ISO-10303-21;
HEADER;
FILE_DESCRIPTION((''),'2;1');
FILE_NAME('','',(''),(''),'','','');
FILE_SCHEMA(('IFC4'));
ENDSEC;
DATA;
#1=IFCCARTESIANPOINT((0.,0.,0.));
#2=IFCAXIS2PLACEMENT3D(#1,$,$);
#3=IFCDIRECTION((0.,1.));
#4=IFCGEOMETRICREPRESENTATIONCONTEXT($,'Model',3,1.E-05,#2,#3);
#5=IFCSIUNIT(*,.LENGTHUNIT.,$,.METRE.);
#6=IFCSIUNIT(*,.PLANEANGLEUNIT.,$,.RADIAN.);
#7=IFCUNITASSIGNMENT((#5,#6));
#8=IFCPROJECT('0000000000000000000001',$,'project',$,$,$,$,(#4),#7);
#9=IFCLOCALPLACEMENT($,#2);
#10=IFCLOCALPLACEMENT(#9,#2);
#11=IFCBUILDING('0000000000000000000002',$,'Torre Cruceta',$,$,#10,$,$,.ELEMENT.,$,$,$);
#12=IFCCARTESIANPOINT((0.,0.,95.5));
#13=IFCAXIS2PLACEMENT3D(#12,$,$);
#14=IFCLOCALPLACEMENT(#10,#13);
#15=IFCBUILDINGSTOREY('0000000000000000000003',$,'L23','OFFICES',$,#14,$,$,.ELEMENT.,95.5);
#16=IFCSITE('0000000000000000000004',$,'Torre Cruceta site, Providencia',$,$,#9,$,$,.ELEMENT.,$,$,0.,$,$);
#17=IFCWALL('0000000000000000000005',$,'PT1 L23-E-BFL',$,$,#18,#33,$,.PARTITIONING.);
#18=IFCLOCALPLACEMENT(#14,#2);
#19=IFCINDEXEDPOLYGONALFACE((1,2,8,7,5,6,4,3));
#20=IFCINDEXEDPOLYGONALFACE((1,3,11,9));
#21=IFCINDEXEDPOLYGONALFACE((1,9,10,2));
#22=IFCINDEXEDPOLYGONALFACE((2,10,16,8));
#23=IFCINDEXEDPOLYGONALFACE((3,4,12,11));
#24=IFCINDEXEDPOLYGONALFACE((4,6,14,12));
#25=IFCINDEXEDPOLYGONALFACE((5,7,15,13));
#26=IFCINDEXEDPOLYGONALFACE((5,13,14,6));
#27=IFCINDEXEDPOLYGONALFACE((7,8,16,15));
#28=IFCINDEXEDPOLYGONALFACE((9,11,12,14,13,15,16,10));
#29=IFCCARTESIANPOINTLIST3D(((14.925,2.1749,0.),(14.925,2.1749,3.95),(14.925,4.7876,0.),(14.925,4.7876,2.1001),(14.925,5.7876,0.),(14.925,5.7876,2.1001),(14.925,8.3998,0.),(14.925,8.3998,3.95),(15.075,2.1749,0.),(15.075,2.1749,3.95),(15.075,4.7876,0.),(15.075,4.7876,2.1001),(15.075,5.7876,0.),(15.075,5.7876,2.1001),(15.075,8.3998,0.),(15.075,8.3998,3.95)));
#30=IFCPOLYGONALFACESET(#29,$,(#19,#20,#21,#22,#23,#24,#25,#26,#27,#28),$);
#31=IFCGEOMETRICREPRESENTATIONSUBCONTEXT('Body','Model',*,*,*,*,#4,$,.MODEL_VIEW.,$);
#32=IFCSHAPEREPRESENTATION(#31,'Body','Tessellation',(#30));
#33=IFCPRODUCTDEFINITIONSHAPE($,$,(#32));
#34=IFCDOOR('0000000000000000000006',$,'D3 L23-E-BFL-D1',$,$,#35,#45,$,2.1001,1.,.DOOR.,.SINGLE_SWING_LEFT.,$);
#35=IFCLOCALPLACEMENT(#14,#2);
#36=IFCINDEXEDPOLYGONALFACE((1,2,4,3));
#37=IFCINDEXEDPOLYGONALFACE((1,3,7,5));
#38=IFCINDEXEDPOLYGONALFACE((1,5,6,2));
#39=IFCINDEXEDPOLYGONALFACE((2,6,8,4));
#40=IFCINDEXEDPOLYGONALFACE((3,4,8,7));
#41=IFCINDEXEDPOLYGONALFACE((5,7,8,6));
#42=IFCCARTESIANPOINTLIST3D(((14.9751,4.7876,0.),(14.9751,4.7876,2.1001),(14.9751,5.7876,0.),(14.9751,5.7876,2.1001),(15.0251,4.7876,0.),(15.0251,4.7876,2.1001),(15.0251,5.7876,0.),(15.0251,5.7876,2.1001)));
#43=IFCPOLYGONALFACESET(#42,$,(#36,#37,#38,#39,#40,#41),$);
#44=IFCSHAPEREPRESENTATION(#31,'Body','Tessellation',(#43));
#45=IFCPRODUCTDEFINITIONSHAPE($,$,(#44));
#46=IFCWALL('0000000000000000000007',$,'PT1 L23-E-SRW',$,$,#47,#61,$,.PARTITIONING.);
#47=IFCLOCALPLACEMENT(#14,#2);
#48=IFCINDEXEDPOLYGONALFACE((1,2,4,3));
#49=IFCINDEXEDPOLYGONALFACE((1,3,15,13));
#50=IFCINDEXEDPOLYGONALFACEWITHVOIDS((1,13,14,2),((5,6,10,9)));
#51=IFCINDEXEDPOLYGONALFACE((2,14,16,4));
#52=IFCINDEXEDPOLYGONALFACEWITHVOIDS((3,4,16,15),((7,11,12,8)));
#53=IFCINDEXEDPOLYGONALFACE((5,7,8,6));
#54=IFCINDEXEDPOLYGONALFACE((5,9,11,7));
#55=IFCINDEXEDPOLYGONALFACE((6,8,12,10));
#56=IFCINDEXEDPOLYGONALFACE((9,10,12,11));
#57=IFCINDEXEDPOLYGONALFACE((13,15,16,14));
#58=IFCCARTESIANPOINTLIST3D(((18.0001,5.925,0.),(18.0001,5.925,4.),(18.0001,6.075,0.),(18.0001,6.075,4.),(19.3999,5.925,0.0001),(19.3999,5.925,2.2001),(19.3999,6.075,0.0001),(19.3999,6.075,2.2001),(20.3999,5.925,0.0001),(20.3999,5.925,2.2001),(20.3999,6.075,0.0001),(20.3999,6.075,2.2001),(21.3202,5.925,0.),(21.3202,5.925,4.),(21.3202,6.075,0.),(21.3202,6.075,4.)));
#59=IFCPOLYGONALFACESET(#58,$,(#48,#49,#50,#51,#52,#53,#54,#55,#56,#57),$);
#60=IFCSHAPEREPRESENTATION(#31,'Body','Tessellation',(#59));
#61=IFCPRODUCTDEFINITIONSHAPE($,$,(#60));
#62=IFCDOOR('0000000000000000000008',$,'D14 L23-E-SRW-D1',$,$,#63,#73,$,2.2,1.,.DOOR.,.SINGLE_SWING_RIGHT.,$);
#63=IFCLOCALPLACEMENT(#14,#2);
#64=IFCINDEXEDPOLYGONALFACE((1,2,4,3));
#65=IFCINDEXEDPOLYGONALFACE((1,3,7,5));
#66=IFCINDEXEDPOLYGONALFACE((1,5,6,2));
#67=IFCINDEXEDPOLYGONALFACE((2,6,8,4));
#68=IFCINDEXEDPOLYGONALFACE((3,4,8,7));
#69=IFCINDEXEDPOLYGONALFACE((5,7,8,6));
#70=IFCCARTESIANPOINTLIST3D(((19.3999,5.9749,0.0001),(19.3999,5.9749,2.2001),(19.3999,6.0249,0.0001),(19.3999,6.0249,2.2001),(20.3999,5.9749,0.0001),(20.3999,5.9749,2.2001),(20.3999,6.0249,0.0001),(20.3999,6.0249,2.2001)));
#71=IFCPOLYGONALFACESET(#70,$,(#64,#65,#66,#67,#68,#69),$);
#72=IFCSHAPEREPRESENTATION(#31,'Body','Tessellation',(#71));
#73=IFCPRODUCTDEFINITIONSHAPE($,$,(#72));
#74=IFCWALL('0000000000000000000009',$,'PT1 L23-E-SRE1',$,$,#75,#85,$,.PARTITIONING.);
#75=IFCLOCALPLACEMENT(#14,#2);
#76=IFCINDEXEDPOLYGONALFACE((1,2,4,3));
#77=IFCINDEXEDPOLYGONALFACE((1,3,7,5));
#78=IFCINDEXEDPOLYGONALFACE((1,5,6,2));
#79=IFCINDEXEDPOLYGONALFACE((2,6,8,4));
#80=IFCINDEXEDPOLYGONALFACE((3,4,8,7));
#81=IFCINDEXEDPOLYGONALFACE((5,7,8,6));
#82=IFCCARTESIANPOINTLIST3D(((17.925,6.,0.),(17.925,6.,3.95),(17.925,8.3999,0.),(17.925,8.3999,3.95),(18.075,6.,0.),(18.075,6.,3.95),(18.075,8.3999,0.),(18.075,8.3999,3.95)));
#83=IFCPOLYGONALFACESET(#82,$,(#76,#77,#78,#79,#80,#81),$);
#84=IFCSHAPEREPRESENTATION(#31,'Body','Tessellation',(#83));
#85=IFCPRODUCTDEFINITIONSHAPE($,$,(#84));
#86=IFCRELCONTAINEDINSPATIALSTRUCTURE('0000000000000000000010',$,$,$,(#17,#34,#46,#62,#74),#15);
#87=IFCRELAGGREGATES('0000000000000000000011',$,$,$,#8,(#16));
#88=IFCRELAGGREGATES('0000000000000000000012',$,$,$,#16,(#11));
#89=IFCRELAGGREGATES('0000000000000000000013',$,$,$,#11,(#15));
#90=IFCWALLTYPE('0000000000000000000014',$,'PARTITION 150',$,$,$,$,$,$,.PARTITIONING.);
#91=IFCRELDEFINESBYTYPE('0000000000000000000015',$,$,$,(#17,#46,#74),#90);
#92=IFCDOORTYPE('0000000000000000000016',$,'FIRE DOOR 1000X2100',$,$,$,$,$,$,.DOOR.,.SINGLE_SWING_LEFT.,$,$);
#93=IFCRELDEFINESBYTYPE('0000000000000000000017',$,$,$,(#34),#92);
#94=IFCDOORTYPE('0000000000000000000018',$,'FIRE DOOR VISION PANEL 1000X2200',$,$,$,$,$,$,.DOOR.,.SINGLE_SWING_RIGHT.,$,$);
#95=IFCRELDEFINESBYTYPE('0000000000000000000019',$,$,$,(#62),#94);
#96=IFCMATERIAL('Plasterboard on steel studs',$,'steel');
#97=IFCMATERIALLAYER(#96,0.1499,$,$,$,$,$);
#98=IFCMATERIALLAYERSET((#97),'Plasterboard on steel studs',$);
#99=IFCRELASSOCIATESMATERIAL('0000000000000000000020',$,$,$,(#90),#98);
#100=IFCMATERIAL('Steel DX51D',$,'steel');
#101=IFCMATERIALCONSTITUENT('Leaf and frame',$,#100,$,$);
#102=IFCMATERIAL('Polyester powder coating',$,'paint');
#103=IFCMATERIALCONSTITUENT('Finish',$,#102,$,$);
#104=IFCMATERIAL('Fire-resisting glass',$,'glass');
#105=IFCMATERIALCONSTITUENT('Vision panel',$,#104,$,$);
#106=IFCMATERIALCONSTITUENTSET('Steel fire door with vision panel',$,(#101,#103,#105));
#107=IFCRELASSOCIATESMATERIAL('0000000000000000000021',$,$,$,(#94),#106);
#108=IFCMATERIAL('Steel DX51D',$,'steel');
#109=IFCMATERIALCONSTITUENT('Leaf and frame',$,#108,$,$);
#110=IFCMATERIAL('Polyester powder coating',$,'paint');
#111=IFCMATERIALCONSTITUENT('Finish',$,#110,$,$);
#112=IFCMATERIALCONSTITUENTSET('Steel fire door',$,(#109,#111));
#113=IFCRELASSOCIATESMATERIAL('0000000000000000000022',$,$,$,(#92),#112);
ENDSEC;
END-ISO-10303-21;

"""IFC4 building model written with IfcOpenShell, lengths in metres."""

from ifc_helpers import new_model, si_unit, direction, frame, frame_2d, origin, place, context, subcontext, project, spatial, rectangle, extrude, material, layer, layer_set, constituent, constituent_set, type_object, element, fill, save


model = new_model("IFC4")

# Units and contexts
model_context = context("Model", 3, precision=1e-05, world=origin(), true_north=direction((0.0, 1.0)))
body_context = subcontext(model_context, "Body", "Model", "MODEL_VIEW")
ifc_project = project(units=[si_unit("LENGTHUNIT", "METRE"), si_unit("PLANEANGLEUNIT", "RADIAN")], contexts=[model_context])

# Site, building, storey
site_placement = place(None, origin())
site = spatial("IfcSite", under=ifc_project, at=site_placement, Name="Torre Cruceta site, Providencia", CompositionType="ELEMENT", RefElevation=0.0)
building_placement = place(site_placement, origin())
building = spatial("IfcBuilding", under=site, at=building_placement, Name="Torre Cruceta", CompositionType="ELEMENT")
storey_placement = place(building_placement, frame((0.0, 0.0, 95.5)))
storey = spatial("IfcBuildingStorey", under=building, at=storey_placement, Name="L23", Description="OFFICES", CompositionType="ELEMENT", Elevation=95.5)

# Walls, openings, doors
ifc_material_1 = material(Name="Plasterboard on steel studs", Category="steel")
ifc_layer_1 = layer(ifc_material_1, 0.1499)
ifc_layer_set_1 = layer_set([ifc_layer_1], Name="Plasterboard on steel studs")
wall_type_1 = type_object("IfcWallType", Name="PARTITION 150", PredefinedType="PARTITIONING", material=ifc_layer_set_1)
ifc_material_2 = material(Name="Steel DX51D", Category="steel")
ifc_constituent_1 = constituent(ifc_material_2, Name="Leaf and frame")
ifc_material_3 = material(Name="Polyester powder coating", Category="paint")
ifc_constituent_2 = constituent(ifc_material_3, Name="Finish")
ifc_material_4 = material(Name="Fire-resisting glass", Category="glass")
ifc_constituent_3 = constituent(ifc_material_4, Name="Vision panel")
ifc_constituent_set_1 = constituent_set(constituents=[ifc_constituent_1, ifc_constituent_2, ifc_constituent_3], Name="Steel fire door with vision panel")
door_type_1 = type_object("IfcDoorType", Name="FIRE DOOR VISION PANEL 1000X2200", OperationType="SINGLE_SWING_RIGHT", PredefinedType="DOOR", material=ifc_constituent_set_1)
wall_1_placement = place(storey_placement, frame((15.0, 2.175, 0.0), z_axis=(0.0, 0.0, 1.0), x_axis=(0.0, 1.0, 0.0)))
wall_1 = element("IfcWall", 1, at=wall_1_placement, inside=storey, type_object=wall_type_1, Name="PT1 L23-E-BFL", PredefinedType="PARTITIONING", context=body_context, shape_type="SweptSolid", body=[
    extrude(rectangle(XDim=6.2249, YDim=0.1499, at=frame_2d((3.1123, 0.0))), origin(), (0.0, 0.0, 1.0), 3.95),
])
opening_1_placement = place(wall_1_placement, frame((2.6125, 0.0, 0.0)))
opening_1 = element("IfcOpeningElement", 2, at=opening_1_placement, cuts=wall_1, PredefinedType="OPENING", context=body_context, shape_type="SweptSolid", body=[
    extrude(rectangle(XDim=1.0, YDim=2.1001, at=frame_2d((0.5, 1.05))), frame((0.0, 0.085, 0.0), z_axis=(0.0, -1.0, 0.0), x_axis=(1.0, 0.0, 0.0)), (0.0, 0.0, 1.0), 0.1699),
])
ifc_material_5 = material(Name="Steel DX51D", Category="steel")
ifc_constituent_4 = constituent(ifc_material_5, Name="Leaf and frame")
ifc_material_6 = material(Name="Polyester powder coating", Category="paint")
ifc_constituent_5 = constituent(ifc_material_6, Name="Finish")
ifc_constituent_set_2 = constituent_set(constituents=[ifc_constituent_4, ifc_constituent_5], Name="Steel fire door")
door_type_2 = type_object("IfcDoorType", Name="FIRE DOOR 1000X2100", OperationType="SINGLE_SWING_LEFT", PredefinedType="DOOR", material=ifc_constituent_set_2)
door_1_placement = place(opening_1_placement, origin())
door_1 = element("IfcDoor", 3, at=door_1_placement, inside=storey, type_object=door_type_2, Name="D3 L23-E-BFL-D1", OperationType="SINGLE_SWING_LEFT", OverallHeight=2.1001, OverallWidth=1.0, PredefinedType="DOOR", context=body_context, shape_type="SweptSolid", body=[
    extrude(rectangle(XDim=1.0, YDim=2.1001, at=frame_2d((0.5, 1.05))), frame((0.0, 0.0249, 0.0), z_axis=(0.0, -1.0, 0.0), x_axis=(1.0, 0.0, 0.0)), (0.0, 0.0, 1.0), 0.05),
])
fill(opening_1, door_1)
wall_2_placement = place(storey_placement, frame((18.0, 6.0, 0.0), z_axis=(0.0, 0.0, 1.0), x_axis=(1.0, 0.0, 0.0)))
wall_2 = element("IfcWall", 4, at=wall_2_placement, inside=storey, type_object=wall_type_1, Name="PT1 L23-E-SRW", PredefinedType="PARTITIONING", context=body_context, shape_type="SweptSolid", body=[
    extrude(rectangle(XDim=3.3201, YDim=0.1499, at=frame_2d((1.6602, 0.0))), origin(), (0.0, 0.0, 1.0), 4.0),
])
opening_2_placement = place(wall_2_placement, frame((1.3999, 0.0, 0.0)))
opening_2 = element("IfcOpeningElement", 5, at=opening_2_placement, cuts=wall_2, PredefinedType="OPENING", context=body_context, shape_type="SweptSolid", body=[
    extrude(rectangle(XDim=1.0, YDim=2.2, at=frame_2d((0.5, 1.1001))), frame((0.0, 0.085, 0.0), z_axis=(0.0, -1.0, 0.0), x_axis=(1.0, 0.0, 0.0)), (0.0, 0.0, 1.0), 0.1699),
])
door_2_placement = place(opening_2_placement, origin())
door_2 = element("IfcDoor", 6, at=door_2_placement, inside=storey, type_object=door_type_1, Name="D14 L23-E-SRW-D1", OperationType="SINGLE_SWING_RIGHT", OverallHeight=2.2, OverallWidth=1.0, PredefinedType="DOOR", context=body_context, shape_type="SweptSolid", body=[
    extrude(rectangle(XDim=1.0, YDim=2.2, at=frame_2d((0.5, 1.1001))), frame((0.0, 0.0249, 0.0), z_axis=(0.0, -1.0, 0.0), x_axis=(1.0, 0.0, 0.0)), (0.0, 0.0, 1.0), 0.05),
])
fill(opening_2, door_2)

# Wall
wall_3_placement = place(storey_placement, frame((18.0, 6.0, 0.0), z_axis=(0.0, 0.0, 1.0), x_axis=(0.0, 1.0, 0.0)))
element("IfcWall", 7, at=wall_3_placement, inside=storey, type_object=wall_type_1, Name="PT1 L23-E-SRE1", PredefinedType="PARTITIONING", context=body_context, shape_type="SweptSolid", body=[
    extrude(rectangle(XDim=2.3999, YDim=0.1499, at=frame_2d((1.2, 0.0))), origin(), (0.0, 0.0, 1.0), 3.95),
])

save(model, "model.ifc")
